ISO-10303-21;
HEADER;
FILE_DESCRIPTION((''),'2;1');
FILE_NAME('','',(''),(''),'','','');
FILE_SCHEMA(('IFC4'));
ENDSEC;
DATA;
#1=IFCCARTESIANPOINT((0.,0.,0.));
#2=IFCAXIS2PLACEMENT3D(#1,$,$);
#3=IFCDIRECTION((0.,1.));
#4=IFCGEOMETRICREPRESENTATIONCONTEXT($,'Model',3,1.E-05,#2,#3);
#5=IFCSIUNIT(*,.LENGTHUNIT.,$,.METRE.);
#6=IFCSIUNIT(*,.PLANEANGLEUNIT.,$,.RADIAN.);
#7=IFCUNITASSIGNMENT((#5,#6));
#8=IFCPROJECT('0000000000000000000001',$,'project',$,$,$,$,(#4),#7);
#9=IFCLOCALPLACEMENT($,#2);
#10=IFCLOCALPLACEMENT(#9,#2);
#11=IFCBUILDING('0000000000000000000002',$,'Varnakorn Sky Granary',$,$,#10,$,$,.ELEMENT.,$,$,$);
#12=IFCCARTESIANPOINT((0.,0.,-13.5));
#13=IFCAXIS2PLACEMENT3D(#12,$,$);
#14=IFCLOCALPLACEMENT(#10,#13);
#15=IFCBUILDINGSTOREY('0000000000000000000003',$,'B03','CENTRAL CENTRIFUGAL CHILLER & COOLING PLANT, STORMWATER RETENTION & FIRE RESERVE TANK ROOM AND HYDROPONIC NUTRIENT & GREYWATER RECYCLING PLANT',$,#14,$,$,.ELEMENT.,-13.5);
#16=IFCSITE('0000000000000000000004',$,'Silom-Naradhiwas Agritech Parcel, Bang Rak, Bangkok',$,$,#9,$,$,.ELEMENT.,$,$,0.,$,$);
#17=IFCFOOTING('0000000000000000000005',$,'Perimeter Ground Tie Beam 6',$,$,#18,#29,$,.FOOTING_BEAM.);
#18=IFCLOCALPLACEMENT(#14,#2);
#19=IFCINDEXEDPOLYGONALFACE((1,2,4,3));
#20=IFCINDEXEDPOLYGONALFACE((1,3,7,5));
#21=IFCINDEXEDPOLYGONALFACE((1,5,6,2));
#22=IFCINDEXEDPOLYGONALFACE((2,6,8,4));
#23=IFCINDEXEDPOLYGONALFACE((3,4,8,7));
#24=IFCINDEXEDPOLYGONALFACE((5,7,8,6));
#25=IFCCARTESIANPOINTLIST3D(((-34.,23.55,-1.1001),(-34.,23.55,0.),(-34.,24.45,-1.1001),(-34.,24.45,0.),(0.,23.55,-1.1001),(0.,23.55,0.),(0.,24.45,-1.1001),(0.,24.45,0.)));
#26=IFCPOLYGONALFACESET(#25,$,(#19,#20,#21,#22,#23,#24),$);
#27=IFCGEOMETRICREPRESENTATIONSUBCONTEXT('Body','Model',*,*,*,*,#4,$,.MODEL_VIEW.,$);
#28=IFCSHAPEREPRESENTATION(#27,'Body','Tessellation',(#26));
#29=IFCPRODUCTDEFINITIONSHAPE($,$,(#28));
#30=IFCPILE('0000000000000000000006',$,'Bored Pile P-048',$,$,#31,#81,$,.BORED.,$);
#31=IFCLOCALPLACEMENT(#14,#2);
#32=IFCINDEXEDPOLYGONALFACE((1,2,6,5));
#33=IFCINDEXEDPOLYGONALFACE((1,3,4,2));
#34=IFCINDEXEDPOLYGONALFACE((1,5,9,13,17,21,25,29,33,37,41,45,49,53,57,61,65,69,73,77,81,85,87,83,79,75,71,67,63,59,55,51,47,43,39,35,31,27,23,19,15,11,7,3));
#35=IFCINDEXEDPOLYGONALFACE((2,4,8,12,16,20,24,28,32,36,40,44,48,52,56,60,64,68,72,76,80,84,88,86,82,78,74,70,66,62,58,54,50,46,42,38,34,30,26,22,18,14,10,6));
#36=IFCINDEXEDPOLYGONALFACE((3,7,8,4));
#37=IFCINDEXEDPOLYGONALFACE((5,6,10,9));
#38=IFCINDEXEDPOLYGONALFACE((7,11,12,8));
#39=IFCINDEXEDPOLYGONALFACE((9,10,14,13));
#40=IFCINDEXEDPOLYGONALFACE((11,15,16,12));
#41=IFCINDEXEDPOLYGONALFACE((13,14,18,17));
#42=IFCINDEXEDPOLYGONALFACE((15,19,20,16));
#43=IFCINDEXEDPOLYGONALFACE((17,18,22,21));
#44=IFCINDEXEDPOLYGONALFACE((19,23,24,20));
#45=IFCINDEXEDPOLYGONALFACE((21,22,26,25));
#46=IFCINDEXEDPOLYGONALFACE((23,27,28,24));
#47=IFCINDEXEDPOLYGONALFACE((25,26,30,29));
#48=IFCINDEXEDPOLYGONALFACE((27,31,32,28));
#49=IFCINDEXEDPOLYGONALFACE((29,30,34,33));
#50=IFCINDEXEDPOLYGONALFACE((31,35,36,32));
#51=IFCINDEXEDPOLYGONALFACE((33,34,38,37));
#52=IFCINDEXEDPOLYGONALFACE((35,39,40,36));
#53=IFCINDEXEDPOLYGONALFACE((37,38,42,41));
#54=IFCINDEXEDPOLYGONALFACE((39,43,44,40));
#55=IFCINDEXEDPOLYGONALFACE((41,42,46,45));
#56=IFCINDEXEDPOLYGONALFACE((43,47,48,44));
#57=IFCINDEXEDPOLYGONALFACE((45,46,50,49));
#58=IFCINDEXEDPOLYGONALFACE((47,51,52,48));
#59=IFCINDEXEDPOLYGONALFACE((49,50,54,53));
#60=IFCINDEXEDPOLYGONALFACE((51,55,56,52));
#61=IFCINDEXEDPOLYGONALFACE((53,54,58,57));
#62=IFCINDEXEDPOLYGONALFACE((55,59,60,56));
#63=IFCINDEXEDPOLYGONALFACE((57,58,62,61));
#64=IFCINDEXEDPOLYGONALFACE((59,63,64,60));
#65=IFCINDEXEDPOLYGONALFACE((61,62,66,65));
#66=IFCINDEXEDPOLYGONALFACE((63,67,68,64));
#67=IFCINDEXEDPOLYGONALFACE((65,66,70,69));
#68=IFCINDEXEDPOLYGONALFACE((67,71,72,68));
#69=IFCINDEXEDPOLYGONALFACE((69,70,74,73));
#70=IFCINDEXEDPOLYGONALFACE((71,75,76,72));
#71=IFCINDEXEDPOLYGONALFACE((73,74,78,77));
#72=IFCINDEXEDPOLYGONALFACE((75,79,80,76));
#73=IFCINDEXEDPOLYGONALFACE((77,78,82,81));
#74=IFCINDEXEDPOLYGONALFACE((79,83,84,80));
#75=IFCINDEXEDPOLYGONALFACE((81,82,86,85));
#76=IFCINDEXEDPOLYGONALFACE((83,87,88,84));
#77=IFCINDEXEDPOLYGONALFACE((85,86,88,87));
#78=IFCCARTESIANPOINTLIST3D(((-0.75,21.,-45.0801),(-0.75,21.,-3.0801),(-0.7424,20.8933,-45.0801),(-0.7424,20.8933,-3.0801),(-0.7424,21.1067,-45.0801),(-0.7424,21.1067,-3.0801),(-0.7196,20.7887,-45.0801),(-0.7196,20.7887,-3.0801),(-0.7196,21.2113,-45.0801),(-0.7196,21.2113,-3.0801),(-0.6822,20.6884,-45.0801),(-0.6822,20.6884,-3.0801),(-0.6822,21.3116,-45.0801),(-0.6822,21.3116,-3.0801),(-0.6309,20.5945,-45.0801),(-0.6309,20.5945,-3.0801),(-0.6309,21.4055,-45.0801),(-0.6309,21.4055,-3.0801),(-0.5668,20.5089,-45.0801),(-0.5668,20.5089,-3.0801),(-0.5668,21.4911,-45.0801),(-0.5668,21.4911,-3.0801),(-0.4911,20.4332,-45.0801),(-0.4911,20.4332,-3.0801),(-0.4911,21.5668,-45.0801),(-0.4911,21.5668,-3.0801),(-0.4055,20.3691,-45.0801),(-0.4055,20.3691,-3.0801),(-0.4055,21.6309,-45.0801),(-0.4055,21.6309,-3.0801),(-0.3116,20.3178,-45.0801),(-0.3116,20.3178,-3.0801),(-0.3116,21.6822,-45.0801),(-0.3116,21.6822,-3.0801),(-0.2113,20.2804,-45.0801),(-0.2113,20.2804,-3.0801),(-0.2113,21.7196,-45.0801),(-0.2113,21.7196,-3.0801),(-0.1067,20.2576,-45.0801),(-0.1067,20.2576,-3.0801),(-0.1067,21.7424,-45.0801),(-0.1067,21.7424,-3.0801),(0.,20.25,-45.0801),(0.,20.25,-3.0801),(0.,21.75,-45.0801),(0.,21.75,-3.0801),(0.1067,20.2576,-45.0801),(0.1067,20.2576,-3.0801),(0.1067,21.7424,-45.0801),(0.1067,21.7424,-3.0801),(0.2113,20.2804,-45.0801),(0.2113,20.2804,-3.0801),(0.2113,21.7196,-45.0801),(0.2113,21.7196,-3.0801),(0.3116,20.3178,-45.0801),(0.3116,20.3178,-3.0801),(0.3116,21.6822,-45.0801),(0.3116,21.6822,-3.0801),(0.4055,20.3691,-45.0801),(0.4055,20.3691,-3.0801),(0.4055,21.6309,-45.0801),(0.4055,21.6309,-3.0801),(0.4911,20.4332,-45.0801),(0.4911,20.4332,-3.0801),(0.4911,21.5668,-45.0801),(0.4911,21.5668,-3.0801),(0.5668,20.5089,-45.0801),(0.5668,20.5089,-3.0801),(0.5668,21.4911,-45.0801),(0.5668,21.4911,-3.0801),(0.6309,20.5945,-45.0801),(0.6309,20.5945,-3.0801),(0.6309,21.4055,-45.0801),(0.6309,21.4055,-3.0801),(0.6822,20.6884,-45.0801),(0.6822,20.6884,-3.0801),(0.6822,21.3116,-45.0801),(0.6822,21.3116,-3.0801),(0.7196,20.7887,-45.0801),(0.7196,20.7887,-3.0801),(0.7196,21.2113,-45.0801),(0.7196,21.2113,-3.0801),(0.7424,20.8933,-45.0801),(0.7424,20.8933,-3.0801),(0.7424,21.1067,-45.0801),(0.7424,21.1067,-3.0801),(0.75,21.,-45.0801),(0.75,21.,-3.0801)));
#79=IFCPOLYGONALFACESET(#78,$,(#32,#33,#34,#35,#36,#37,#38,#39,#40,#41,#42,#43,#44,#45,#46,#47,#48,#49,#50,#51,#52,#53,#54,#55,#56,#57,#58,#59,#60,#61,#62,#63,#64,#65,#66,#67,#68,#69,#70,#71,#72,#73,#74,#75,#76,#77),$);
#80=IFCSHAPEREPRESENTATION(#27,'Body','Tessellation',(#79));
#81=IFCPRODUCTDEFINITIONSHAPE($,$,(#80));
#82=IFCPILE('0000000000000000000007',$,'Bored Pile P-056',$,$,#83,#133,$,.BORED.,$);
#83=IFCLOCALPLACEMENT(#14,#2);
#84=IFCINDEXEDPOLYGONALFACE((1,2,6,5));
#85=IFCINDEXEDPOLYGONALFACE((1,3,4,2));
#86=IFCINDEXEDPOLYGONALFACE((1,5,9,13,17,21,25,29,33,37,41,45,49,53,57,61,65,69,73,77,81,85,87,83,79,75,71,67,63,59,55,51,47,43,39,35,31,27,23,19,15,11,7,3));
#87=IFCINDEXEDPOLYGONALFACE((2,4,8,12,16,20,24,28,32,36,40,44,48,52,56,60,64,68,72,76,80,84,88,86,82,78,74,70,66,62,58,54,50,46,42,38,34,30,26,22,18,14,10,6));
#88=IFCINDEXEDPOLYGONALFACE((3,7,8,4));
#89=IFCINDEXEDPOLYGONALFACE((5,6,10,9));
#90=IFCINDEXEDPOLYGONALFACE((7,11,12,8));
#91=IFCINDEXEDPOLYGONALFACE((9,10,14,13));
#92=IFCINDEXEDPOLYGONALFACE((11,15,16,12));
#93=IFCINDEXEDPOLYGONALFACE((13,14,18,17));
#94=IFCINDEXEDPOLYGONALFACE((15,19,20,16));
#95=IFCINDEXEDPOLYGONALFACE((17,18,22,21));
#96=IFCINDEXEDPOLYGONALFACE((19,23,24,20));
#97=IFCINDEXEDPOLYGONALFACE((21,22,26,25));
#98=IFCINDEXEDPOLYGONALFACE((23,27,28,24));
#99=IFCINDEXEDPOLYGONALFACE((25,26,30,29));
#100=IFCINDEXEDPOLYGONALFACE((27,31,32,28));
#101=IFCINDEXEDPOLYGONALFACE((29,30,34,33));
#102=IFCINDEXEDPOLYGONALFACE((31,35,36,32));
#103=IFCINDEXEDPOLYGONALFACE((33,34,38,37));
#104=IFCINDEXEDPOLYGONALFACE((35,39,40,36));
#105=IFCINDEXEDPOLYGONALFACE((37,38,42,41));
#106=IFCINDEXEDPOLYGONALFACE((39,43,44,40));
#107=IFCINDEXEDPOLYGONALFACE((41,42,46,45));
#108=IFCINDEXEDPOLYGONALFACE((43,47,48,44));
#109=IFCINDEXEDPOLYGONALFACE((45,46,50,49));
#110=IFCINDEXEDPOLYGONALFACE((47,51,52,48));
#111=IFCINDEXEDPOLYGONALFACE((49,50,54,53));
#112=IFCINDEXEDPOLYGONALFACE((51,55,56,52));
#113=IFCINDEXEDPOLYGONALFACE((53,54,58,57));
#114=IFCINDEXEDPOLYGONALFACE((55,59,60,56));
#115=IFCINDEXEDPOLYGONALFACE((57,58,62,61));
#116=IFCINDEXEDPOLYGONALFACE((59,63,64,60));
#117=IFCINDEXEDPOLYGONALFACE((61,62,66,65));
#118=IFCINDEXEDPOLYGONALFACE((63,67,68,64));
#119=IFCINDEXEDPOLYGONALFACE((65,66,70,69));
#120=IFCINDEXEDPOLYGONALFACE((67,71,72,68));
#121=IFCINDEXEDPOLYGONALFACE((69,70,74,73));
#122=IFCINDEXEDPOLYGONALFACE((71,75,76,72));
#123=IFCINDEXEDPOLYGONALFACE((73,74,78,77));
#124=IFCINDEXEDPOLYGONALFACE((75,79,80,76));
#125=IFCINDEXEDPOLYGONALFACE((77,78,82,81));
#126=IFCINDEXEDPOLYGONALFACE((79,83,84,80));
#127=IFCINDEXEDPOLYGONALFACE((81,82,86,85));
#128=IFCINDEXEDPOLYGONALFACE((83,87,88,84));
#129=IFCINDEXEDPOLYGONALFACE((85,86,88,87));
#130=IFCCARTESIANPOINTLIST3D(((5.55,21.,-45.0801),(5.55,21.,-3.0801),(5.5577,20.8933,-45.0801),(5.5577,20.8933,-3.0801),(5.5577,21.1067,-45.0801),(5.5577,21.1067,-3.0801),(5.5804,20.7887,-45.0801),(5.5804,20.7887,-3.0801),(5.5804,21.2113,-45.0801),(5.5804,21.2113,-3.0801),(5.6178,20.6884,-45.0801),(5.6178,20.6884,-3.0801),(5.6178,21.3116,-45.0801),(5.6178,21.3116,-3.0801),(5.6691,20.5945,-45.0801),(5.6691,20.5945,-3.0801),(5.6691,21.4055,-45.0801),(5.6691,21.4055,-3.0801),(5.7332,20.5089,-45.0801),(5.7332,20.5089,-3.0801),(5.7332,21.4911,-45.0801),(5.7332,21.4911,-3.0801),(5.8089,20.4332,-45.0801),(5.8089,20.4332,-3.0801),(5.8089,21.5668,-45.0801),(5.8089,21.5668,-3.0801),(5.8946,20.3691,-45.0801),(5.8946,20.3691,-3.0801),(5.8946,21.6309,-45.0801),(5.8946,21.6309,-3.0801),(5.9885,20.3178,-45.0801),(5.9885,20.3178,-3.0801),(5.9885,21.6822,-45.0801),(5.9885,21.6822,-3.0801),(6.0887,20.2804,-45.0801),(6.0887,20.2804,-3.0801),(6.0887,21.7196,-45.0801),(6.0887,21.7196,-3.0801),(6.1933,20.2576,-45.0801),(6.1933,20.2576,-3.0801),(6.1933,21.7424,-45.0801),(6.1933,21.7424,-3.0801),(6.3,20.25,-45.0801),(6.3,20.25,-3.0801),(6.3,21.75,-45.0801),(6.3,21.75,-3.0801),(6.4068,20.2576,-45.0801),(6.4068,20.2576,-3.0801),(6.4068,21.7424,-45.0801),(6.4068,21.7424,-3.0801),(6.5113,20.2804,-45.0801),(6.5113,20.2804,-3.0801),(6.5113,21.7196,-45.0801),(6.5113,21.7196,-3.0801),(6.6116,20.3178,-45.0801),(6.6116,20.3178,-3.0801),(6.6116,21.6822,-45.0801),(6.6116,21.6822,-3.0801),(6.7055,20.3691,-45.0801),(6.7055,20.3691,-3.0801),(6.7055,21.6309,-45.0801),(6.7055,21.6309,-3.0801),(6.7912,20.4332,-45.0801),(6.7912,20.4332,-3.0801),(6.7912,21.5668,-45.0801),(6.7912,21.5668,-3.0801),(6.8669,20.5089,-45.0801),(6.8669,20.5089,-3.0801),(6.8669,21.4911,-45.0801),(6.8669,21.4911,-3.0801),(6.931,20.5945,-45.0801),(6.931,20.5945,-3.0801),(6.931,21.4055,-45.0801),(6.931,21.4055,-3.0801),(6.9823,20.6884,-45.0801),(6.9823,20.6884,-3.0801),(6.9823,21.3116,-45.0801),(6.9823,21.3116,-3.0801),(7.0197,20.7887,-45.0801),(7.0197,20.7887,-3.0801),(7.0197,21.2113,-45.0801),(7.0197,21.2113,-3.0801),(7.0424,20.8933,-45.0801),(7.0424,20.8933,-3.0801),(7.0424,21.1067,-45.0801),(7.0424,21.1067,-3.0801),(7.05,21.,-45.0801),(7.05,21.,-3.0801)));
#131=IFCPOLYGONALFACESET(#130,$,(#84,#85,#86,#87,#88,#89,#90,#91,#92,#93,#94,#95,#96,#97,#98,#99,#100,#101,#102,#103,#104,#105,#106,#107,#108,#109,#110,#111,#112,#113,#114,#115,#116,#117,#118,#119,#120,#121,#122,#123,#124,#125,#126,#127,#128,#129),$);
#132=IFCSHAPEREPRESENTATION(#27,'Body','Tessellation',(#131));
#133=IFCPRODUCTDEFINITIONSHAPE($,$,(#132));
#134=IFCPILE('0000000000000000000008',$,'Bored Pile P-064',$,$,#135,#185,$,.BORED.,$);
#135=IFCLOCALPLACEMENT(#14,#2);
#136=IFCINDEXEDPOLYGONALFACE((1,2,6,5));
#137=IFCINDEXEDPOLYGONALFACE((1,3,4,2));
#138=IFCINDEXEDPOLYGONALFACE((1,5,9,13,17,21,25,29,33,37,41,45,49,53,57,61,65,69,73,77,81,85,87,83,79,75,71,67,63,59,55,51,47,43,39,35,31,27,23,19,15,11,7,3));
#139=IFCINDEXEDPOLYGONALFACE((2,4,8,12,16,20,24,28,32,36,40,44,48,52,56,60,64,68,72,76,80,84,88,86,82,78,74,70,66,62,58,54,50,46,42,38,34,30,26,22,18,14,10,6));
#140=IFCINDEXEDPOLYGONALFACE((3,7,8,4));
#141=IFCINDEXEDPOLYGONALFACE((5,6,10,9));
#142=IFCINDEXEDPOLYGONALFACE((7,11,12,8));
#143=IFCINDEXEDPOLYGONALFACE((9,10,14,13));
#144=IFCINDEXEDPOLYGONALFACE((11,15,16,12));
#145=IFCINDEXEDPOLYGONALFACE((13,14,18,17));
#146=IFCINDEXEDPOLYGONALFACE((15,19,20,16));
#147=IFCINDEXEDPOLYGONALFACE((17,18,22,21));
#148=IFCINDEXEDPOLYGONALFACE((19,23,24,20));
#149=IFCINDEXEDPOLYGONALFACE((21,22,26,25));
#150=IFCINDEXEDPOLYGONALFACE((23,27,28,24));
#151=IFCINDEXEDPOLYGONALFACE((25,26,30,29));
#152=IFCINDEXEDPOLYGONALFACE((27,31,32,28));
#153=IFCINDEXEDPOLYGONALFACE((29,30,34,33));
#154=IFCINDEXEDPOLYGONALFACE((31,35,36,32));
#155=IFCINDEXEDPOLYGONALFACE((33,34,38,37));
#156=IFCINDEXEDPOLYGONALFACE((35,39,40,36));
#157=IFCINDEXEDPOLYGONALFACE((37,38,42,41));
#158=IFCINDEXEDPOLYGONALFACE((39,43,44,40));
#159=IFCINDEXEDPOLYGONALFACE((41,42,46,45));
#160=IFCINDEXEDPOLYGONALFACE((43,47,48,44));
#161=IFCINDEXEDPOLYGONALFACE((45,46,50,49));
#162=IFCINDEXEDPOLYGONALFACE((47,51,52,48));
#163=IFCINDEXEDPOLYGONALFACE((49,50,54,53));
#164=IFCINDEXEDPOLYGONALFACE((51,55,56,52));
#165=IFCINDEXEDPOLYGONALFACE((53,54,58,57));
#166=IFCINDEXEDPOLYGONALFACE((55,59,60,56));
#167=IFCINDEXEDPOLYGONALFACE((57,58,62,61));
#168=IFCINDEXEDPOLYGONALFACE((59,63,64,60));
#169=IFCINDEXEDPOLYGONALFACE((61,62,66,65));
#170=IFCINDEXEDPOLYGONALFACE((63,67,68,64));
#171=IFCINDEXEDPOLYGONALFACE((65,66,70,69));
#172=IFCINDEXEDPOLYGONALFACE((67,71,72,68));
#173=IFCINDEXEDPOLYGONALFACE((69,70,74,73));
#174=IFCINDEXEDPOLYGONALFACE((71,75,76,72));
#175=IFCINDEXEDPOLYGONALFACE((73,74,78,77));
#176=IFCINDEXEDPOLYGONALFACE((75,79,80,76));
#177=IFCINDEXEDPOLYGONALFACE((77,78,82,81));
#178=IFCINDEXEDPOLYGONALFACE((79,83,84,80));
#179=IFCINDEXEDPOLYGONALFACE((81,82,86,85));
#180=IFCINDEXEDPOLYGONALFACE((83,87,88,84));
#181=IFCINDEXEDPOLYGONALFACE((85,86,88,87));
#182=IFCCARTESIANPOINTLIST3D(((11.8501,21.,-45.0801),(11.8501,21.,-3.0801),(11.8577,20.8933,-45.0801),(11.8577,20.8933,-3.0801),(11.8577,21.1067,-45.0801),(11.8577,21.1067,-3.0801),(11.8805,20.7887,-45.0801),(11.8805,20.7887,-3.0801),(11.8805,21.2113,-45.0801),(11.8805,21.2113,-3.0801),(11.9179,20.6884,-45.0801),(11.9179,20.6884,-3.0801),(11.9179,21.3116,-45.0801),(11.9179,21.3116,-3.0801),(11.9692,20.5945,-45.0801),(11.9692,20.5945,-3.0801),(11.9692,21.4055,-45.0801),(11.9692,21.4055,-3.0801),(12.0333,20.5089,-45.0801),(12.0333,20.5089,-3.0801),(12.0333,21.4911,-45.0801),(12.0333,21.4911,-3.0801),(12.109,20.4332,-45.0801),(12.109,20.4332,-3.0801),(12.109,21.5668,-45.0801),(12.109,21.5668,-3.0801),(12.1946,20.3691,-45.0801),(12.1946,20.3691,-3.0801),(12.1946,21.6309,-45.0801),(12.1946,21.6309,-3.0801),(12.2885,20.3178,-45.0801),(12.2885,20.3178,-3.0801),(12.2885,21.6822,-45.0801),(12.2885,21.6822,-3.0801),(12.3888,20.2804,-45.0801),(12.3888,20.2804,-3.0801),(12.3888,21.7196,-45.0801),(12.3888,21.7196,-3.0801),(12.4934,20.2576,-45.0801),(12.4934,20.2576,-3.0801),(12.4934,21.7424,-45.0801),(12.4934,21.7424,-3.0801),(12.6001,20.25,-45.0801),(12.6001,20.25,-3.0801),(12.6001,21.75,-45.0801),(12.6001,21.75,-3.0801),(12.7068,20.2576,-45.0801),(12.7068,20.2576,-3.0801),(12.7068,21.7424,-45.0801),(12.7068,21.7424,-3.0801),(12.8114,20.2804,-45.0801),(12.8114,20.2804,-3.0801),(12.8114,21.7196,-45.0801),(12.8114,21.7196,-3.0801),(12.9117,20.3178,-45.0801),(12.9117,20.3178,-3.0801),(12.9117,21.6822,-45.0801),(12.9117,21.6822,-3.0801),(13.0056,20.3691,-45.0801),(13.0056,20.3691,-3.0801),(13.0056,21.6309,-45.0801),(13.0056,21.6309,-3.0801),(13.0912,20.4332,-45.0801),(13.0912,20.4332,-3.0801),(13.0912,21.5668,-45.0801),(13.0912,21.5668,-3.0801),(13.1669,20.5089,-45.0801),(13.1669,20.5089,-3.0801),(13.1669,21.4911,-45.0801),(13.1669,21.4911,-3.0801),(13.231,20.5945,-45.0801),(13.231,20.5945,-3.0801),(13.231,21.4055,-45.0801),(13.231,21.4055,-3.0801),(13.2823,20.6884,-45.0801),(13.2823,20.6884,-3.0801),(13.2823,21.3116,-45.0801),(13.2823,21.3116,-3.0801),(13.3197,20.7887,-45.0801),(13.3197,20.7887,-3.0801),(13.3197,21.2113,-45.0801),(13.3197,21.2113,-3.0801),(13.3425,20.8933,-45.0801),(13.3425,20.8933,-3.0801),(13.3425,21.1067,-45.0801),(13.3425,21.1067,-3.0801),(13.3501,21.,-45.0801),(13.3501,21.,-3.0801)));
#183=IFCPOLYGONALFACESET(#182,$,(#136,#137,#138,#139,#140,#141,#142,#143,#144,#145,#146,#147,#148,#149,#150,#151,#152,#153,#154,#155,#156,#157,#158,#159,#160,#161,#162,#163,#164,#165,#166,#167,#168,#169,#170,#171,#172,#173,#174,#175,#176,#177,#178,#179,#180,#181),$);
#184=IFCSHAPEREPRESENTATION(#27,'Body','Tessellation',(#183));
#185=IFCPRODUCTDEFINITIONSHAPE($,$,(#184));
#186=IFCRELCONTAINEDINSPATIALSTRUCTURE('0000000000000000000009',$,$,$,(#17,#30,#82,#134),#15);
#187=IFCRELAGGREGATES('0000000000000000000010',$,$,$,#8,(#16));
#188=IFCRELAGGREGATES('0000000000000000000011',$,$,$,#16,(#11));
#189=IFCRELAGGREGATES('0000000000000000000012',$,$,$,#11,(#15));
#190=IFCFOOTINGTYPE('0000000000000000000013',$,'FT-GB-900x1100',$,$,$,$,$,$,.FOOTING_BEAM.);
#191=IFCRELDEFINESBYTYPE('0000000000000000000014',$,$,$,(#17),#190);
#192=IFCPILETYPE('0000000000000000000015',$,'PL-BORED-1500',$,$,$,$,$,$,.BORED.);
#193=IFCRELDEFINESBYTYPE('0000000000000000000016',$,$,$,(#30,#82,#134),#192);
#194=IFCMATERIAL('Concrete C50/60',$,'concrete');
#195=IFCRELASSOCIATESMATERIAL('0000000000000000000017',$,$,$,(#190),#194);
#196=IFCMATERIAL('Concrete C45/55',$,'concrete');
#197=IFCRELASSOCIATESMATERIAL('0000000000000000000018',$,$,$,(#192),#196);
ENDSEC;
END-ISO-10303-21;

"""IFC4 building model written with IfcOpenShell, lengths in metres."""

from ifc_helpers import new_model, si_unit, direction, frame, origin, origin_2d, place, context, subcontext, project, spatial, rectangle, circle, extrude, material, material_profile, profile_set, type_object, element, save


model = new_model("IFC4")

# Units and contexts
model_context = context("Model", 3, precision=1e-05, world=origin(), true_north=direction((0.0, 1.0)))
body_context = subcontext(model_context, "Body", "Model", "MODEL_VIEW")
ifc_project = project(units=[si_unit("LENGTHUNIT", "METRE"), si_unit("PLANEANGLEUNIT", "RADIAN")], contexts=[model_context])

# Site, building, storey
site_placement = place(None, origin())
site = spatial("IfcSite", under=ifc_project, at=site_placement, Name="Silom-Naradhiwas Agritech Parcel, Bang Rak, Bangkok", CompositionType="ELEMENT", RefElevation=0.0)
building_placement = place(site_placement, origin())
building = spatial("IfcBuilding", under=site, at=building_placement, Name="Varnakorn Sky Granary", CompositionType="ELEMENT")
storey_placement = place(building_placement, frame((0.0, 0.0, -13.5)))
storey = spatial("IfcBuildingStorey", under=building, at=storey_placement, Name="B03", Description="CENTRAL CENTRIFUGAL CHILLER & COOLING PLANT, STORMWATER RETENTION & FIRE RESERVE TANK ROOM AND HYDROPONIC NUTRIENT & GREYWATER RECYCLING PLANT", CompositionType="ELEMENT", Elevation=-13.5)

# Footing
ifc_material_1 = material(Name="Concrete C50/60", Category="concrete")
ifc_material_profile_1 = material_profile(ifc_material_1, rectangle(XDim=0.8999, YDim=1.1001, at=origin_2d()), Name="RC 900x1100")
ifc_profile_set_1 = profile_set([ifc_material_profile_1], Name="Concrete C50/60")
footing_type = type_object("IfcFootingType", Name="FT-GB-900x1100", PredefinedType="FOOTING_BEAM", material=ifc_profile_set_1)
footing_placement = place(storey_placement, frame((0.0, 24.0, -0.55), z_axis=(-1.0, 0.0, 0.0), x_axis=(0.0, -1.0, 0.0)))
element("IfcFooting", 1, at=footing_placement, inside=storey, type_object=footing_type, Name="Perimeter Ground Tie Beam 6", PredefinedType="FOOTING_BEAM", context=body_context, shape_type="SweptSolid", body=[
    extrude(rectangle(XDim=0.8999, YDim=1.1001, at=origin_2d()), origin(), (0.0, 0.0, 1.0), 34.0),
])

# Piles
ifc_material_2 = material(Name="Concrete C45/55", Category="concrete")
ifc_material_profile_2 = material_profile(ifc_material_2, circle(Radius=0.75, at=origin_2d()), Name="PILE D1500")
ifc_profile_set_2 = profile_set([ifc_material_profile_2], Name="Concrete C45/55")
pile_type_1 = type_object("IfcPileType", Name="PL-BORED-1500", PredefinedType="BORED", material=ifc_profile_set_2)
for number, where, z_axis, x_axis, name in (
    (2, (0.0, 21.0, -3.0801), (0.0, 0.0, -1.0), (1.0, 0.0, 0.0), "Bored Pile P-048"),
    (3, (6.3, 21.0, -3.0801), (0.0, 0.0, -1.0), (1.0, 0.0, 0.0), "Bored Pile P-056"),
    (4, (12.6001, 21.0, -3.0801), (0.0, 0.0, -1.0), (1.0, 0.0, 0.0), "Bored Pile P-064"),
):
    element("IfcPile", number, at=place(storey_placement, frame(where, z_axis=z_axis, x_axis=x_axis)), inside=storey, type_object=pile_type_1, Name=name, PredefinedType="BORED", context=body_context, shape_type="SweptSolid", body=[
        extrude(circle(Radius=0.75, at=origin_2d()), origin(), (0.0, 0.0, 1.0), 42.0),
    ])

save(model, "model.ifc")
